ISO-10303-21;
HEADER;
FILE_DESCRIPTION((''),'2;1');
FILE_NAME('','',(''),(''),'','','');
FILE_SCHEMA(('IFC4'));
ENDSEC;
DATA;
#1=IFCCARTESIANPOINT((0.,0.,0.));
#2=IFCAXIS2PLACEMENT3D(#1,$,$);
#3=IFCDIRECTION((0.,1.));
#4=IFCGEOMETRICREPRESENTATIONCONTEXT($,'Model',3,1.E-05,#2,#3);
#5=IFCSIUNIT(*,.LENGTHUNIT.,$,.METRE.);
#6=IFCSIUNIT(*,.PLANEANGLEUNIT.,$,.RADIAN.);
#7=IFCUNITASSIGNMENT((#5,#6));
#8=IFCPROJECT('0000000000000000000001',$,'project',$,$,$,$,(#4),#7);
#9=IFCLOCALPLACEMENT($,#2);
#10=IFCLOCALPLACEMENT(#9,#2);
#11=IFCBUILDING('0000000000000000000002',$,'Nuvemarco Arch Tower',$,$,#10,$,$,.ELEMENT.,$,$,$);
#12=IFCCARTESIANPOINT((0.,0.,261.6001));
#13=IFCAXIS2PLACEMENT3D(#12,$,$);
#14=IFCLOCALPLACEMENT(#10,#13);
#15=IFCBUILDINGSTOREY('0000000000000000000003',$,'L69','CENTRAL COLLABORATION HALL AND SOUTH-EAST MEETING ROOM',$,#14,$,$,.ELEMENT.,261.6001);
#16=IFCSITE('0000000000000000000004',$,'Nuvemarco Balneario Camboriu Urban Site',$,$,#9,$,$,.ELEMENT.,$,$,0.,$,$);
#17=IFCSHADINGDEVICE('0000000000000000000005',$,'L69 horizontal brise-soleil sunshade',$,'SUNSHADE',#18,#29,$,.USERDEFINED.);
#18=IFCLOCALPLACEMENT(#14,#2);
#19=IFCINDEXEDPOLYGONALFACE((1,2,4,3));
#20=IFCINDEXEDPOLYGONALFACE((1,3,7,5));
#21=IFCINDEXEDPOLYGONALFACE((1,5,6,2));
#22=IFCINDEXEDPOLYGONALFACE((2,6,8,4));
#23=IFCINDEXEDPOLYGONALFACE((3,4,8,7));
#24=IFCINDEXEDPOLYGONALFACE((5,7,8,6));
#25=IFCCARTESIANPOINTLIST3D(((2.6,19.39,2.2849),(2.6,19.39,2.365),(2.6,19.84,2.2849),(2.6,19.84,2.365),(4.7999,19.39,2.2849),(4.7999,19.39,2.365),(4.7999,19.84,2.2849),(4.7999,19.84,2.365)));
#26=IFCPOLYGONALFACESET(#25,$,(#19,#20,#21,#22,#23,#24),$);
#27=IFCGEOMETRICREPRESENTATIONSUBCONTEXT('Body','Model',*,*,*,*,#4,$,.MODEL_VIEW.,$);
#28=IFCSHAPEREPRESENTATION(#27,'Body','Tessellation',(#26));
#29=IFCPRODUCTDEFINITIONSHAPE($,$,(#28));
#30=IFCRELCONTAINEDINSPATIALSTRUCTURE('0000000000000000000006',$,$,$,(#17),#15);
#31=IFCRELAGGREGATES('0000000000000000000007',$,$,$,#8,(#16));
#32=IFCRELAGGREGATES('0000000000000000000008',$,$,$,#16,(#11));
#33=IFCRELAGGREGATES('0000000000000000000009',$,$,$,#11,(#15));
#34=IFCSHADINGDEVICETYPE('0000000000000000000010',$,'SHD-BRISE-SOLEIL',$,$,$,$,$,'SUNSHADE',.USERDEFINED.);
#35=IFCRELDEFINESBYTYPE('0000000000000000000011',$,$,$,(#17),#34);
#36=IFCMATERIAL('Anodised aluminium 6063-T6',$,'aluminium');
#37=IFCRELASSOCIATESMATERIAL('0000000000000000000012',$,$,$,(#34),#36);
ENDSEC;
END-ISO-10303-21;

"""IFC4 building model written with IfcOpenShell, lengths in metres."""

from ifc_helpers import new_model, si_unit, direction, frame, origin, origin_2d, place, context, subcontext, project, spatial, rectangle, extrude, source, transform, mapped, material, type_object, type_shapes, element, save


model = new_model("IFC4")

# Units and contexts
model_context = context("Model", 3, precision=1e-05, world=origin(), true_north=direction((0.0, 1.0)))
body_context = subcontext(model_context, "Body", "Model", "MODEL_VIEW")
ifc_project = project(units=[si_unit("LENGTHUNIT", "METRE"), si_unit("PLANEANGLEUNIT", "RADIAN")], contexts=[model_context])

# Site, building, storey
site_placement = place(None, origin())
site = spatial("IfcSite", under=ifc_project, at=site_placement, Name="Nuvemarco Balneario Camboriu Urban Site", CompositionType="ELEMENT", RefElevation=0.0)
building_placement = place(site_placement, origin())
building = spatial("IfcBuilding", under=site, at=building_placement, Name="Nuvemarco Arch Tower", CompositionType="ELEMENT")
storey_placement = place(building_placement, frame((0.0, 0.0, 261.6001)))
storey = spatial("IfcBuildingStorey", under=building, at=storey_placement, Name="L69", Description="CENTRAL COLLABORATION HALL AND SOUTH-EAST MEETING ROOM", CompositionType="ELEMENT", Elevation=261.6001)

# Shading device
ifc_material_1 = material(Name="Anodised aluminium 6063-T6", Category="aluminium")
shading_device_type = type_object("IfcShadingDeviceType", Name="SHD-BRISE-SOLEIL", ElementType="SUNSHADE", PredefinedType="USERDEFINED", material=ifc_material_1)
shared_shape_1 = source(origin(), body_context, "Body", "SweptSolid", [
    extrude(rectangle(XDim=2.2, YDim=0.45, at=origin_2d()), origin(), (0.0, 0.0, 1.0), 0.0801),
])
type_shapes(shading_device_type, [shared_shape_1])
for number, where, z_axis, x_axis, name in (
    (1, (3.7, 19.615, 2.2849), (0.0, 0.0, 1.0), (1.0, 0.0, 0.0), "L69 horizontal brise-soleil sunshade"),
):
    element("IfcShadingDevice", number, at=place(storey_placement, frame(where, z_axis=z_axis, x_axis=x_axis)), inside=storey, type_object=shading_device_type, Name=name, ObjectType="SUNSHADE", PredefinedType="USERDEFINED", context=body_context, shape_type="MappedRepresentation", body=[
        mapped(shared_shape_1, transform((0.0, 0.0, 0.0), scale=1.0)),
    ])

save(model, "model.ifc")
